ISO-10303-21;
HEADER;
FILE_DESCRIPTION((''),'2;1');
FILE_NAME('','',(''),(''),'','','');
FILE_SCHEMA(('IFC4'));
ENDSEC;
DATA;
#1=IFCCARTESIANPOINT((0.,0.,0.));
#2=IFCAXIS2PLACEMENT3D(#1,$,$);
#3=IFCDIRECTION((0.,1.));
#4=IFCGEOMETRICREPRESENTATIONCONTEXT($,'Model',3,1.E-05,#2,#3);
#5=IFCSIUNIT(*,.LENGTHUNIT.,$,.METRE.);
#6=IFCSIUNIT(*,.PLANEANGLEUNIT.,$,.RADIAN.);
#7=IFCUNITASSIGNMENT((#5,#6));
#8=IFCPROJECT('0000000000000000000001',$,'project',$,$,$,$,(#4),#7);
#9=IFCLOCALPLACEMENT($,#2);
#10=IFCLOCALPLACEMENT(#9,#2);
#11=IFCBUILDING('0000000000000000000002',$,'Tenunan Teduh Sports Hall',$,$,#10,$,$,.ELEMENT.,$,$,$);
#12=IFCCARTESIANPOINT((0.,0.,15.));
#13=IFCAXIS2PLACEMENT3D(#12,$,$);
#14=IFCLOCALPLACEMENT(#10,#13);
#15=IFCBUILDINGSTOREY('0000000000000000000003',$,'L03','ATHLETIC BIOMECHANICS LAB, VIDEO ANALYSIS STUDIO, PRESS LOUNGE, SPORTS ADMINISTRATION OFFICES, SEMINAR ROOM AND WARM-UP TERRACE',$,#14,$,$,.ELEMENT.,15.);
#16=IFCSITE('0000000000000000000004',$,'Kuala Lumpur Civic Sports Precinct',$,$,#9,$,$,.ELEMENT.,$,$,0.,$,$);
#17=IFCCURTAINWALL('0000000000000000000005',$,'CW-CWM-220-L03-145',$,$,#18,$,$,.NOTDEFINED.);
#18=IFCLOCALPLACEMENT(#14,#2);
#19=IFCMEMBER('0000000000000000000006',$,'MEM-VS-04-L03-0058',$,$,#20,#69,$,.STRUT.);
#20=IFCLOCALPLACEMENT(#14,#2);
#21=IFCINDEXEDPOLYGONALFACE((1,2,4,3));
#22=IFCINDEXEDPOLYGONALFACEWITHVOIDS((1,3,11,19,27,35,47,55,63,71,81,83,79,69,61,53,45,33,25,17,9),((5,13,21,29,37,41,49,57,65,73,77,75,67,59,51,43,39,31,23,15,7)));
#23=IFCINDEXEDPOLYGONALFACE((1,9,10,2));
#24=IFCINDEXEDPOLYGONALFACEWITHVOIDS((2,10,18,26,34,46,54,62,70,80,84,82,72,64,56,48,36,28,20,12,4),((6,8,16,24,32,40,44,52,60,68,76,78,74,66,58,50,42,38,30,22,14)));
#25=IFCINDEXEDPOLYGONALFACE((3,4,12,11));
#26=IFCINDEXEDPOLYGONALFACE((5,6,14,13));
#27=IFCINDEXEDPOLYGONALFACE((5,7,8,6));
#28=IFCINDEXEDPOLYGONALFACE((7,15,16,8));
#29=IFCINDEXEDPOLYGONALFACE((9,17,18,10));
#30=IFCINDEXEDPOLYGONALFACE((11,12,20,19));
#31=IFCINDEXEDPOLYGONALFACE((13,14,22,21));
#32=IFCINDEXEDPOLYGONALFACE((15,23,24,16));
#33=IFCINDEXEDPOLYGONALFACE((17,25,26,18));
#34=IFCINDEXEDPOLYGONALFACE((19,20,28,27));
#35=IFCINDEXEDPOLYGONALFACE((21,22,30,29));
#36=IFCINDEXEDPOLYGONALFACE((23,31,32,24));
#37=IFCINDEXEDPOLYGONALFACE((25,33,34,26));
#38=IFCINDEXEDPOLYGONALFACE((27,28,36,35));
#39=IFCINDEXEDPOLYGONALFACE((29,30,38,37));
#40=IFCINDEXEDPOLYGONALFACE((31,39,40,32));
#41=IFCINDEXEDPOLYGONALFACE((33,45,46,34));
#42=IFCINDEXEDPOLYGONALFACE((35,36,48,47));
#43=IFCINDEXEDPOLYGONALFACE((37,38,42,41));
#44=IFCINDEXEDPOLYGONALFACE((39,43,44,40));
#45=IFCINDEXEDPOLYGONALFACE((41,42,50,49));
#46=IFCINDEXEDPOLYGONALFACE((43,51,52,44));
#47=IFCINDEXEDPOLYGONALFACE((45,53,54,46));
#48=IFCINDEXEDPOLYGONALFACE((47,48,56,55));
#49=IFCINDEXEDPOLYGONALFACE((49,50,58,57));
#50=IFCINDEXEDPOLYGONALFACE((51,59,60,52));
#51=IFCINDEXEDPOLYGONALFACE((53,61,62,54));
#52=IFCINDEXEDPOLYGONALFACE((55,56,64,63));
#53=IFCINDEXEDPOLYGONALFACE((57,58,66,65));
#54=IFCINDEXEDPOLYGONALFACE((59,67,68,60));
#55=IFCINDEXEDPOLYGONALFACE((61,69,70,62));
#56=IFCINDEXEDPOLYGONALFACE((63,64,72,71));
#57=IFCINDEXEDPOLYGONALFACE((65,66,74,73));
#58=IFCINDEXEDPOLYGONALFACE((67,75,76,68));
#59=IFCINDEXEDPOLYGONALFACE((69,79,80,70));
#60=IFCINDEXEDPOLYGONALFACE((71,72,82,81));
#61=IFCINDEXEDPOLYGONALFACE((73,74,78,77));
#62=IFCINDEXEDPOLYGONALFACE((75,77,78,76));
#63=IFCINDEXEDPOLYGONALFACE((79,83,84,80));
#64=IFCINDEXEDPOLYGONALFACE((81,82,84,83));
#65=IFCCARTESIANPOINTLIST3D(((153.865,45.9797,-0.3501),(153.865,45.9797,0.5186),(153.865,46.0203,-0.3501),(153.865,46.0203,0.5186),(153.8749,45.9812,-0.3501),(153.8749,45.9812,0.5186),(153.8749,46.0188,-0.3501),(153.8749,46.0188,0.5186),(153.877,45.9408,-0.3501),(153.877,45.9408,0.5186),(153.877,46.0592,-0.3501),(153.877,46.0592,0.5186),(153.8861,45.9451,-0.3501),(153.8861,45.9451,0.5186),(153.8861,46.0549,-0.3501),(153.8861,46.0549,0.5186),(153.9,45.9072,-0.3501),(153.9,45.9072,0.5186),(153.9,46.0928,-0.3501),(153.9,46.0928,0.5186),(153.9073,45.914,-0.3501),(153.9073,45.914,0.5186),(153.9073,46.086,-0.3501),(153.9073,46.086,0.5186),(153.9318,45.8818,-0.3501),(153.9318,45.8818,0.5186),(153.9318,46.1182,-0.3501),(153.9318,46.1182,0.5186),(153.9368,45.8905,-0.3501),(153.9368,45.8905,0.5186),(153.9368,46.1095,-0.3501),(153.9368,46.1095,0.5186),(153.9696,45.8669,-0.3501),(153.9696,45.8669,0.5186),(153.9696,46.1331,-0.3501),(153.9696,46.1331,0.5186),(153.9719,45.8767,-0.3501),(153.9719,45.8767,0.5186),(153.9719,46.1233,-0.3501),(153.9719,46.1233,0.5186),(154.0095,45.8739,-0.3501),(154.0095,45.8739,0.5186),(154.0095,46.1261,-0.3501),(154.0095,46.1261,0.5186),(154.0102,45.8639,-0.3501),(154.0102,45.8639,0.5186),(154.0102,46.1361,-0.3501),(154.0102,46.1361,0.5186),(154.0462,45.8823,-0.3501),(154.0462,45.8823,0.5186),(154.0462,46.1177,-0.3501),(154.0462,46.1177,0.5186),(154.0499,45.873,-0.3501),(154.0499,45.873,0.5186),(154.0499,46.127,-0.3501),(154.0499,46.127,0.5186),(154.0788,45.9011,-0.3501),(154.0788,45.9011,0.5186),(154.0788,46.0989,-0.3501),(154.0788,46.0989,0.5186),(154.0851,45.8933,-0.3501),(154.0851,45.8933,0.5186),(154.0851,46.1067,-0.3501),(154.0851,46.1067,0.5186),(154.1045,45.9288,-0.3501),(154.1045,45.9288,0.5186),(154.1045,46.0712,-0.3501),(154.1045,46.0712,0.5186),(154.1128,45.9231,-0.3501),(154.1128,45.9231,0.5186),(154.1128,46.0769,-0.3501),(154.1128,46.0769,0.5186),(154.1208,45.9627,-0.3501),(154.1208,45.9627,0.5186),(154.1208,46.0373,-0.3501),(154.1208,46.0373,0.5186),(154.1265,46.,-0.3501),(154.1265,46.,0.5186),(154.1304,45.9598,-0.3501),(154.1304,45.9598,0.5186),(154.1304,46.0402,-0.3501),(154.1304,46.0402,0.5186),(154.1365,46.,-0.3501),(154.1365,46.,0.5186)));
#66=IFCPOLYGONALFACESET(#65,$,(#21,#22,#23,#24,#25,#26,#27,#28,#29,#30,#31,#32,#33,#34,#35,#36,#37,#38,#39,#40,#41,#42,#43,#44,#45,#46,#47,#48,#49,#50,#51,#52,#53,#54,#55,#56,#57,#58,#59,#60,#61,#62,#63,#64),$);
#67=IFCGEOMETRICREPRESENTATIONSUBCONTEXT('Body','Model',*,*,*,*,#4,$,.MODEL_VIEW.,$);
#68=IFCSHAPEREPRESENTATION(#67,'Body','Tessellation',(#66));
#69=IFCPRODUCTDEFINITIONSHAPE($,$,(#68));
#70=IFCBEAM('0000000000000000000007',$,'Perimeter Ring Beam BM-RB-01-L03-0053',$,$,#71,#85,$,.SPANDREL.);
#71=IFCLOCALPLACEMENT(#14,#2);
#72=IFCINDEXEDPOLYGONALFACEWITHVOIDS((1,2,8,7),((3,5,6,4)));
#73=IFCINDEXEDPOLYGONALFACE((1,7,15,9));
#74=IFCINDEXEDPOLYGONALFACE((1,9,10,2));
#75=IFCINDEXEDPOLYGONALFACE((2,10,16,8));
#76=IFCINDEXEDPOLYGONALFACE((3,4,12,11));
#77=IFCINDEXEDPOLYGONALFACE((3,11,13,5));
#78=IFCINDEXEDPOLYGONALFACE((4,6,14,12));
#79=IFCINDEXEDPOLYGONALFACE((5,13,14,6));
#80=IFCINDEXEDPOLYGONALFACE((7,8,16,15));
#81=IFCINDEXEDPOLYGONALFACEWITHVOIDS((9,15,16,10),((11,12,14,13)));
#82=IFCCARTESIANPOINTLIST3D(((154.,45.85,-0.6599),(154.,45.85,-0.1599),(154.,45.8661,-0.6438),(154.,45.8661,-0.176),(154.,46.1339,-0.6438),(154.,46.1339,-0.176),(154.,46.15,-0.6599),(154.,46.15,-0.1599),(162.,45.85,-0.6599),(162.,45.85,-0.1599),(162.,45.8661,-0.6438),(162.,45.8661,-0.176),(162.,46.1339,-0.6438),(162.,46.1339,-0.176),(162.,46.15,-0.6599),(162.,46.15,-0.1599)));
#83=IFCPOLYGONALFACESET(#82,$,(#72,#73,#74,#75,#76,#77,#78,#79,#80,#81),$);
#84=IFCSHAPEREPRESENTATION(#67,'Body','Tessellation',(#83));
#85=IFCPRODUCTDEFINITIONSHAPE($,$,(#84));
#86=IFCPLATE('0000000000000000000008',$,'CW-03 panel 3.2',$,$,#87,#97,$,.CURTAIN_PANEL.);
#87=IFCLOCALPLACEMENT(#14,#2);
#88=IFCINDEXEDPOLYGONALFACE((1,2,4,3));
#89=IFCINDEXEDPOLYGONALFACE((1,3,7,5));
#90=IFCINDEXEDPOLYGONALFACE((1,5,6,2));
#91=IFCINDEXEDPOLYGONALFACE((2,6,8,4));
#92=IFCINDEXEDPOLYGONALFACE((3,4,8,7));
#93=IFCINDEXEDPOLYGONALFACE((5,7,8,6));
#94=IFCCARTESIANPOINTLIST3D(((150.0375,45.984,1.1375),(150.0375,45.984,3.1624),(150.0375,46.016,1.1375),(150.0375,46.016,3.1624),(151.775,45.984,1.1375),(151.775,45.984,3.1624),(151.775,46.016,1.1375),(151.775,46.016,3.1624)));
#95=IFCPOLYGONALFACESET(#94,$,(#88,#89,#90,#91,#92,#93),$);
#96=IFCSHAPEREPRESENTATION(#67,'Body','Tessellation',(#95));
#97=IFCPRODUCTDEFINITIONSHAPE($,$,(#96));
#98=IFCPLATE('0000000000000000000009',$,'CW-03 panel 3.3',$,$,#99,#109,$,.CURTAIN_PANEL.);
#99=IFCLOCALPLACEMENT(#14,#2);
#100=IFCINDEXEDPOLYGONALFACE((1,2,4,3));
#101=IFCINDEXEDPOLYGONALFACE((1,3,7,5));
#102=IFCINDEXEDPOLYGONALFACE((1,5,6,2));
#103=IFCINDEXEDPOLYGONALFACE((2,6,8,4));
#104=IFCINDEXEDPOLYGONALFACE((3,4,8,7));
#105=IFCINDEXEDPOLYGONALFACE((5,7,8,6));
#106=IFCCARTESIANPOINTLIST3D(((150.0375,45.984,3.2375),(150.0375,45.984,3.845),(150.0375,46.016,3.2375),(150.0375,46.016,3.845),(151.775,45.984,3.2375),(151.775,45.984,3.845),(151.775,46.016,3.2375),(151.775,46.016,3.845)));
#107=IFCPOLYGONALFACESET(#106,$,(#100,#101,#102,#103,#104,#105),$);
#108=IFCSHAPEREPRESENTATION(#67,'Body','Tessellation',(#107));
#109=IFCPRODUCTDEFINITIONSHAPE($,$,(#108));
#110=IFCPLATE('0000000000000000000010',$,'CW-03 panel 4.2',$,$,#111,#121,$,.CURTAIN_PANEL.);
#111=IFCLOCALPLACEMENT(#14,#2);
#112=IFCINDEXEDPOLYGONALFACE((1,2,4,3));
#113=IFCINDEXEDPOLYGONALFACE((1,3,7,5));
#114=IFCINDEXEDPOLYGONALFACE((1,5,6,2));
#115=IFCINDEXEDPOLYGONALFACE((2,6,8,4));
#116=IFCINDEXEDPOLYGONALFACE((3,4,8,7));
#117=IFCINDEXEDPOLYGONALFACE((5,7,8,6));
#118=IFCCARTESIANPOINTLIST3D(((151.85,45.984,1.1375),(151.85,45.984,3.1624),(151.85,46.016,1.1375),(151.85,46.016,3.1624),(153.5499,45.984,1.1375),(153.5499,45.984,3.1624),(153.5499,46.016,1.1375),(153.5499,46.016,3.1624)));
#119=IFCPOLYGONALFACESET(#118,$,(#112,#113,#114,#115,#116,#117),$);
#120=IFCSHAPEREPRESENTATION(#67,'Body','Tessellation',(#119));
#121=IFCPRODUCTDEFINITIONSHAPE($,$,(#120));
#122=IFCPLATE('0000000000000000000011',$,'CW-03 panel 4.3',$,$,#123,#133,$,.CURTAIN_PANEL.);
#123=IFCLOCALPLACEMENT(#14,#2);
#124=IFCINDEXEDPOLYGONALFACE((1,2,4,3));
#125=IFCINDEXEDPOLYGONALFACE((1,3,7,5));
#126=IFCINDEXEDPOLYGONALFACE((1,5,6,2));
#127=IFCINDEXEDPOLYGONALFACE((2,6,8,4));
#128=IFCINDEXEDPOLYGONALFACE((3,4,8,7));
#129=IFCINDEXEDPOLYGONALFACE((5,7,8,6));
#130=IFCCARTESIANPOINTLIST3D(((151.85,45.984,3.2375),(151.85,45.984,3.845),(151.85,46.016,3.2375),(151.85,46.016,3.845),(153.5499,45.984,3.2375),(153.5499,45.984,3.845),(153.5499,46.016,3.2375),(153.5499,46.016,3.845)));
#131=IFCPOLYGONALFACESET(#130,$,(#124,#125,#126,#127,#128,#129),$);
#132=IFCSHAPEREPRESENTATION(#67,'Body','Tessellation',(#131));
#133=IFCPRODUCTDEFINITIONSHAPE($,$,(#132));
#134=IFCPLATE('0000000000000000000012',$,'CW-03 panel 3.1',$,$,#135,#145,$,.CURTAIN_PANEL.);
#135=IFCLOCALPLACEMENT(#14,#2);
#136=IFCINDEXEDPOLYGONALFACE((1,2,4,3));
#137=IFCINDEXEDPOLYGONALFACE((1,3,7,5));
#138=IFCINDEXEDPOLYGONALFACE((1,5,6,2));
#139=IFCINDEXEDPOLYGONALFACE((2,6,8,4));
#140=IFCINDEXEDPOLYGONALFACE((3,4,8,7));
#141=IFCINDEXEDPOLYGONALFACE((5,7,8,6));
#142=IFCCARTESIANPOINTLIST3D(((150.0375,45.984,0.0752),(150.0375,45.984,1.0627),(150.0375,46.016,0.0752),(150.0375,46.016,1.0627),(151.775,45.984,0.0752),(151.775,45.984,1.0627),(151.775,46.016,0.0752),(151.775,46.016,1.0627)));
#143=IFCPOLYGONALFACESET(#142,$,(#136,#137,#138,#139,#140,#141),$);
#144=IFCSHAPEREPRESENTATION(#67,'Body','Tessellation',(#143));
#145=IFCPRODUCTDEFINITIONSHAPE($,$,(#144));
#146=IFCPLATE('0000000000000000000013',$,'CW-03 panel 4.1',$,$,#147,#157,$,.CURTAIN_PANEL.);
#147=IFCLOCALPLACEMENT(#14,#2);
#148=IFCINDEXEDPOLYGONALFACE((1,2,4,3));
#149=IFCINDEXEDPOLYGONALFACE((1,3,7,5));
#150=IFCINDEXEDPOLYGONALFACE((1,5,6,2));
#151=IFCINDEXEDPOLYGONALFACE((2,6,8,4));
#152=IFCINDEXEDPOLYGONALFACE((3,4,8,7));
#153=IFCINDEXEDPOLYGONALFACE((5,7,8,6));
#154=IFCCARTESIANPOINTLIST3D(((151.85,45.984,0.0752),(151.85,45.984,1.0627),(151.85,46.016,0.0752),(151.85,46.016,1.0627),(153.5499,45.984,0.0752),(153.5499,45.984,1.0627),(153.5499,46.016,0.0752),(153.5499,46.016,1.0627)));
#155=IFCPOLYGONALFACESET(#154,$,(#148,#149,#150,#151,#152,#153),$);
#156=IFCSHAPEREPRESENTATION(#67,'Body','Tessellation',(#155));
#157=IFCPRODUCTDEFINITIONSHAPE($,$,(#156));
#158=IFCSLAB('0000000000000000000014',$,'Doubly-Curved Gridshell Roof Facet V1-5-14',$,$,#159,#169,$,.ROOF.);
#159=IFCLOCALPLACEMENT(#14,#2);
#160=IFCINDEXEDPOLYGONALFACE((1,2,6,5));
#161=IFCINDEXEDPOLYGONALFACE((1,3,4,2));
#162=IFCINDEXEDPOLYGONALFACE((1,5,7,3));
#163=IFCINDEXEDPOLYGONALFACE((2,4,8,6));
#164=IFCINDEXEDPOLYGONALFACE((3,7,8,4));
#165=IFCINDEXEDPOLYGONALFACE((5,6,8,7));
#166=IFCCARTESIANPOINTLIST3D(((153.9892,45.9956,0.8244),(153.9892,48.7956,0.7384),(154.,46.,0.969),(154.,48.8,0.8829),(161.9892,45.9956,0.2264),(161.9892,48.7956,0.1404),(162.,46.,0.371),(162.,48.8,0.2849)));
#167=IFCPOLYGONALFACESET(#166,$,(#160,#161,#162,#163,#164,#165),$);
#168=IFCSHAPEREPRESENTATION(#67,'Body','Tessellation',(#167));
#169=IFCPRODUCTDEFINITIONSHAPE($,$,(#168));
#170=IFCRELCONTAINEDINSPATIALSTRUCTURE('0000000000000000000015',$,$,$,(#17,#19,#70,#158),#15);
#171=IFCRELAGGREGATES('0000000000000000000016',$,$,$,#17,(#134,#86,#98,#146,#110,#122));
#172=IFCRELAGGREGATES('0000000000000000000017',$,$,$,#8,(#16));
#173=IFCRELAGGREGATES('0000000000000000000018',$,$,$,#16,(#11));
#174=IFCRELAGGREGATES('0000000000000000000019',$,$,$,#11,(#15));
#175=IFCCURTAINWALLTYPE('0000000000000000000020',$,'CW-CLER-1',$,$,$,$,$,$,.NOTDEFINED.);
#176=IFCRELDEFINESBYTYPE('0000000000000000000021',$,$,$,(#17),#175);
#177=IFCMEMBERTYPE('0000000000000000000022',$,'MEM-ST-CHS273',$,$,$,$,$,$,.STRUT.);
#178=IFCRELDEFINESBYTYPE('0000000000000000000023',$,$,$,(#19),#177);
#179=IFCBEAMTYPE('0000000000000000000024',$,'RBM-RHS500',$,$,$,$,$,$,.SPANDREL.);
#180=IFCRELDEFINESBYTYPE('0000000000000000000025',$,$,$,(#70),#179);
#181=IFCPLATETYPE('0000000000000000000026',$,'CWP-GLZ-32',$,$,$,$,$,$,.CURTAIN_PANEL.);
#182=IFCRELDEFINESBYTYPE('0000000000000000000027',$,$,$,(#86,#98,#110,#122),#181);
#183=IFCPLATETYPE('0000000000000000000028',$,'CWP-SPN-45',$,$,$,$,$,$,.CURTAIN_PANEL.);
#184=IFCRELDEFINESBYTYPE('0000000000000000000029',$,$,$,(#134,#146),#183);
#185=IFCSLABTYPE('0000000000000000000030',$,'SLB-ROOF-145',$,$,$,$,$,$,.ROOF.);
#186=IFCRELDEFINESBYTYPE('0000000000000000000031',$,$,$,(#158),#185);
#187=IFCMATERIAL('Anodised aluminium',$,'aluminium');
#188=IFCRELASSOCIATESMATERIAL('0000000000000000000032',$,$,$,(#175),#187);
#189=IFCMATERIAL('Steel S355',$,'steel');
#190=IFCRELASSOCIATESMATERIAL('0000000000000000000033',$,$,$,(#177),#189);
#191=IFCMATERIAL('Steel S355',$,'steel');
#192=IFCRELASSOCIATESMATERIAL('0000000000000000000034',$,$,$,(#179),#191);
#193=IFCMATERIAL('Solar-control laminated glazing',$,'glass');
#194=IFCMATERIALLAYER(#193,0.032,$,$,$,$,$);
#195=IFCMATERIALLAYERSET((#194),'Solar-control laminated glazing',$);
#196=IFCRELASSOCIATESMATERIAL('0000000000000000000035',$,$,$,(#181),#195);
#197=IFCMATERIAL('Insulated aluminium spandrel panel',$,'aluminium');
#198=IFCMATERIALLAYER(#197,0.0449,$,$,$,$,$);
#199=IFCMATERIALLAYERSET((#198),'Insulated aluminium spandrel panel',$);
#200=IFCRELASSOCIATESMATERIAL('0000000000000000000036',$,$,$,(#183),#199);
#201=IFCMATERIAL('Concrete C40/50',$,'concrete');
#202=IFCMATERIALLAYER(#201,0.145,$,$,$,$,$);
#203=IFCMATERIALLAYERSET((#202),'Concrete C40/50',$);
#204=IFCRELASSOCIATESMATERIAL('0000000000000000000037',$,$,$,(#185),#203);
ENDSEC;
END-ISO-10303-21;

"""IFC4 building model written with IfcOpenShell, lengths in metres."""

from ifc_helpers import new_model, si_unit, direction, frame, origin, origin_2d, place, context, subcontext, project, spatial, polyline, rectangle, hollow_rectangle, hollow_circle, outline, extrude, material, layer, layer_set, material_profile, profile_set, type_object, element, aggregate, save


model = new_model("IFC4")

# Units and contexts
model_context = context("Model", 3, precision=1e-05, world=origin(), true_north=direction((0.0, 1.0)))
body_context = subcontext(model_context, "Body", "Model", "MODEL_VIEW")
ifc_project = project(units=[si_unit("LENGTHUNIT", "METRE"), si_unit("PLANEANGLEUNIT", "RADIAN")], contexts=[model_context])

# Site, building, storey
site_placement = place(None, origin())
site = spatial("IfcSite", under=ifc_project, at=site_placement, Name="Kuala Lumpur Civic Sports Precinct", CompositionType="ELEMENT", RefElevation=0.0)
building_placement = place(site_placement, origin())
building = spatial("IfcBuilding", under=site, at=building_placement, Name="Tenunan Teduh Sports Hall", CompositionType="ELEMENT")
storey_placement = place(building_placement, frame((0.0, 0.0, 15.0)))
storey = spatial("IfcBuildingStorey", under=building, at=storey_placement, Name="L03", Description="ATHLETIC BIOMECHANICS LAB, VIDEO ANALYSIS STUDIO, PRESS LOUNGE, SPORTS ADMINISTRATION OFFICES, SEMINAR ROOM AND WARM-UP TERRACE", CompositionType="ELEMENT", Elevation=15.0)

# Curtain wall
ifc_material_1 = material(Name="Anodised aluminium", Category="aluminium")
curtain_wall_type = type_object("IfcCurtainWallType", Name="CW-CLER-1", PredefinedType="NOTDEFINED", material=ifc_material_1)
curtain_wall_placement = place(storey_placement, origin())
curtain_wall = element("IfcCurtainWall", 1, at=curtain_wall_placement, inside=storey, type_object=curtain_wall_type, Name="CW-CWM-220-L03-145", PredefinedType="NOTDEFINED")

# Member
ifc_material_2 = material(Name="Steel S355", Category="steel")
ifc_material_profile_1 = material_profile(ifc_material_2, hollow_circle(Radius=0.1365, WallThickness=0.01, at=origin_2d()), Name="CHS 273.0x10.0")
ifc_profile_set_1 = profile_set([ifc_material_profile_1], Name="Steel S355")
member_type_1 = type_object("IfcMemberType", Name="MEM-ST-CHS273", PredefinedType="STRUT", material=ifc_profile_set_1)
member_1_placement = place(storey_placement, frame((154.0, 46.0, -0.3501), z_axis=(0.0, 0.0, 1.0), x_axis=(1.0, 0.0, 0.0)))
element("IfcMember", 2, at=member_1_placement, inside=storey, type_object=member_type_1, Name="MEM-VS-04-L03-0058", PredefinedType="STRUT", context=body_context, shape_type="SweptSolid", body=[
    extrude(hollow_circle(Radius=0.1365, WallThickness=0.01, at=origin_2d()), origin(), (0.0, 0.0, 1.0), 0.8687),
])

# Beam
ifc_material_3 = material(Name="Steel S355", Category="steel")
ifc_material_profile_2 = material_profile(ifc_material_3, hollow_rectangle(XDim=0.3, YDim=0.5, WallThickness=0.0161, at=origin_2d()), Name="RHS 500x300x16.0")
ifc_profile_set_2 = profile_set([ifc_material_profile_2], Name="Steel S355")
beam_type = type_object("IfcBeamType", Name="RBM-RHS500", PredefinedType="SPANDREL", material=ifc_profile_set_2)
beam_placement = place(storey_placement, frame((154.0, 46.0, -0.4099), z_axis=(1.0, 0.0, 0.0), x_axis=(0.0, 1.0, 0.0)))
element("IfcBeam", 3, at=beam_placement, inside=storey, type_object=beam_type, Name="Perimeter Ring Beam BM-RB-01-L03-0053", PredefinedType="SPANDREL", context=body_context, shape_type="SweptSolid", body=[
    extrude(hollow_rectangle(XDim=0.3, YDim=0.5, WallThickness=0.0161, at=origin_2d()), origin(), (0.0, 0.0, 1.0), 8.0),
])

# Plates
ifc_material_4 = material(Name="Solar-control laminated glazing", Category="glass")
ifc_layer_1 = layer(ifc_material_4, 0.032)
ifc_layer_set_1 = layer_set([ifc_layer_1], Name="Solar-control laminated glazing")
plate_type_1 = type_object("IfcPlateType", Name="CWP-GLZ-32", PredefinedType="CURTAIN_PANEL", material=ifc_layer_set_1)
plate_1_placement = place(storey_placement, frame((150.9062, 46.0, 1.1375), z_axis=(0.0, 0.0, 1.0), x_axis=(1.0, 0.0, 0.0)))
plate_1 = element("IfcPlate", 4, at=plate_1_placement, type_object=plate_type_1, Name="CW-03 panel 3.2", PredefinedType="CURTAIN_PANEL", context=body_context, shape_type="SweptSolid", body=[
    extrude(rectangle(XDim=1.7375, YDim=0.032, at=origin_2d()), origin(), (0.0, 0.0, 1.0), 2.0249),
])
plate_2_placement = place(storey_placement, frame((150.9062, 46.0, 3.2375), z_axis=(0.0, 0.0, 1.0), x_axis=(1.0, 0.0, 0.0)))
plate_2 = element("IfcPlate", 5, at=plate_2_placement, type_object=plate_type_1, Name="CW-03 panel 3.3", PredefinedType="CURTAIN_PANEL", context=body_context, shape_type="SweptSolid", body=[
    extrude(rectangle(XDim=1.7375, YDim=0.032, at=origin_2d()), origin(), (0.0, 0.0, 1.0), 0.6074),
])
plate_3_placement = place(storey_placement, frame((152.7, 46.0, 1.1375), z_axis=(0.0, 0.0, 1.0), x_axis=(1.0, 0.0, 0.0)))
plate_3 = element("IfcPlate", 6, at=plate_3_placement, type_object=plate_type_1, Name="CW-03 panel 4.2", PredefinedType="CURTAIN_PANEL", context=body_context, shape_type="SweptSolid", body=[
    extrude(rectangle(XDim=1.7, YDim=0.032, at=origin_2d()), origin(), (0.0, 0.0, 1.0), 2.0249),
])
plate_4_placement = place(storey_placement, frame((152.7, 46.0, 3.2375), z_axis=(0.0, 0.0, 1.0), x_axis=(1.0, 0.0, 0.0)))
plate_4 = element("IfcPlate", 7, at=plate_4_placement, type_object=plate_type_1, Name="CW-03 panel 4.3", PredefinedType="CURTAIN_PANEL", context=body_context, shape_type="SweptSolid", body=[
    extrude(rectangle(XDim=1.7, YDim=0.032, at=origin_2d()), origin(), (0.0, 0.0, 1.0), 0.6074),
])
ifc_material_5 = material(Name="Insulated aluminium spandrel panel", Category="aluminium")
ifc_layer_2 = layer(ifc_material_5, 0.0449)
ifc_layer_set_2 = layer_set([ifc_layer_2], Name="Insulated aluminium spandrel panel")
plate_type_2 = type_object("IfcPlateType", Name="CWP-SPN-45", PredefinedType="CURTAIN_PANEL", material=ifc_layer_set_2)
plate_5_placement = place(storey_placement, frame((150.9062, 46.0, 0.0752), z_axis=(0.0, 0.0, 1.0), x_axis=(1.0, 0.0, 0.0)))
plate_5 = element("IfcPlate", 8, at=plate_5_placement, type_object=plate_type_2, Name="CW-03 panel 3.1", PredefinedType="CURTAIN_PANEL", context=body_context, shape_type="SweptSolid", body=[
    extrude(rectangle(XDim=1.7375, YDim=0.032, at=origin_2d()), origin(), (0.0, 0.0, 1.0), 0.9875),
])
plate_6_placement = place(storey_placement, frame((152.7, 46.0, 0.0752), z_axis=(0.0, 0.0, 1.0), x_axis=(1.0, 0.0, 0.0)))
plate_6 = element("IfcPlate", 9, at=plate_6_placement, type_object=plate_type_2, Name="CW-03 panel 4.1", PredefinedType="CURTAIN_PANEL", context=body_context, shape_type="SweptSolid", body=[
    extrude(rectangle(XDim=1.7, YDim=0.032, at=origin_2d()), origin(), (0.0, 0.0, 1.0), 0.9875),
])
aggregate(curtain_wall, [plate_5, plate_1, plate_2, plate_6, plate_3, plate_4])

# Slab
ifc_material_6 = material(Name="Concrete C40/50", Category="concrete")
ifc_layer_3 = layer(ifc_material_6, 0.145)
ifc_layer_set_3 = layer_set([ifc_layer_3], Name="Concrete C40/50")
slab_type = type_object("IfcSlabType", Name="SLB-ROOF-145", PredefinedType="ROOF", material=ifc_layer_set_3)
slab_placement = place(storey_placement, frame((154.0, 46.0, 0.969), z_axis=(0.07451, 0.030635, 0.99675), x_axis=(0.997218, 0.0, -0.074545)))
element("IfcSlab", 10, at=slab_placement, inside=storey, type_object=slab_type, Name="Doubly-Curved Gridshell Roof Facet V1-5-14", PredefinedType="ROOF", context=body_context, shape_type="SweptSolid", body=[
    extrude(outline(polyline([(0.0, 0.0), (8.0223, 0.0), (8.0287, 2.8014), (0.0064, 2.8014), (0.0, 0.0)])), origin(), (0.0, 0.0, -1.0), 0.145),
])

save(model, "model.ifc")
